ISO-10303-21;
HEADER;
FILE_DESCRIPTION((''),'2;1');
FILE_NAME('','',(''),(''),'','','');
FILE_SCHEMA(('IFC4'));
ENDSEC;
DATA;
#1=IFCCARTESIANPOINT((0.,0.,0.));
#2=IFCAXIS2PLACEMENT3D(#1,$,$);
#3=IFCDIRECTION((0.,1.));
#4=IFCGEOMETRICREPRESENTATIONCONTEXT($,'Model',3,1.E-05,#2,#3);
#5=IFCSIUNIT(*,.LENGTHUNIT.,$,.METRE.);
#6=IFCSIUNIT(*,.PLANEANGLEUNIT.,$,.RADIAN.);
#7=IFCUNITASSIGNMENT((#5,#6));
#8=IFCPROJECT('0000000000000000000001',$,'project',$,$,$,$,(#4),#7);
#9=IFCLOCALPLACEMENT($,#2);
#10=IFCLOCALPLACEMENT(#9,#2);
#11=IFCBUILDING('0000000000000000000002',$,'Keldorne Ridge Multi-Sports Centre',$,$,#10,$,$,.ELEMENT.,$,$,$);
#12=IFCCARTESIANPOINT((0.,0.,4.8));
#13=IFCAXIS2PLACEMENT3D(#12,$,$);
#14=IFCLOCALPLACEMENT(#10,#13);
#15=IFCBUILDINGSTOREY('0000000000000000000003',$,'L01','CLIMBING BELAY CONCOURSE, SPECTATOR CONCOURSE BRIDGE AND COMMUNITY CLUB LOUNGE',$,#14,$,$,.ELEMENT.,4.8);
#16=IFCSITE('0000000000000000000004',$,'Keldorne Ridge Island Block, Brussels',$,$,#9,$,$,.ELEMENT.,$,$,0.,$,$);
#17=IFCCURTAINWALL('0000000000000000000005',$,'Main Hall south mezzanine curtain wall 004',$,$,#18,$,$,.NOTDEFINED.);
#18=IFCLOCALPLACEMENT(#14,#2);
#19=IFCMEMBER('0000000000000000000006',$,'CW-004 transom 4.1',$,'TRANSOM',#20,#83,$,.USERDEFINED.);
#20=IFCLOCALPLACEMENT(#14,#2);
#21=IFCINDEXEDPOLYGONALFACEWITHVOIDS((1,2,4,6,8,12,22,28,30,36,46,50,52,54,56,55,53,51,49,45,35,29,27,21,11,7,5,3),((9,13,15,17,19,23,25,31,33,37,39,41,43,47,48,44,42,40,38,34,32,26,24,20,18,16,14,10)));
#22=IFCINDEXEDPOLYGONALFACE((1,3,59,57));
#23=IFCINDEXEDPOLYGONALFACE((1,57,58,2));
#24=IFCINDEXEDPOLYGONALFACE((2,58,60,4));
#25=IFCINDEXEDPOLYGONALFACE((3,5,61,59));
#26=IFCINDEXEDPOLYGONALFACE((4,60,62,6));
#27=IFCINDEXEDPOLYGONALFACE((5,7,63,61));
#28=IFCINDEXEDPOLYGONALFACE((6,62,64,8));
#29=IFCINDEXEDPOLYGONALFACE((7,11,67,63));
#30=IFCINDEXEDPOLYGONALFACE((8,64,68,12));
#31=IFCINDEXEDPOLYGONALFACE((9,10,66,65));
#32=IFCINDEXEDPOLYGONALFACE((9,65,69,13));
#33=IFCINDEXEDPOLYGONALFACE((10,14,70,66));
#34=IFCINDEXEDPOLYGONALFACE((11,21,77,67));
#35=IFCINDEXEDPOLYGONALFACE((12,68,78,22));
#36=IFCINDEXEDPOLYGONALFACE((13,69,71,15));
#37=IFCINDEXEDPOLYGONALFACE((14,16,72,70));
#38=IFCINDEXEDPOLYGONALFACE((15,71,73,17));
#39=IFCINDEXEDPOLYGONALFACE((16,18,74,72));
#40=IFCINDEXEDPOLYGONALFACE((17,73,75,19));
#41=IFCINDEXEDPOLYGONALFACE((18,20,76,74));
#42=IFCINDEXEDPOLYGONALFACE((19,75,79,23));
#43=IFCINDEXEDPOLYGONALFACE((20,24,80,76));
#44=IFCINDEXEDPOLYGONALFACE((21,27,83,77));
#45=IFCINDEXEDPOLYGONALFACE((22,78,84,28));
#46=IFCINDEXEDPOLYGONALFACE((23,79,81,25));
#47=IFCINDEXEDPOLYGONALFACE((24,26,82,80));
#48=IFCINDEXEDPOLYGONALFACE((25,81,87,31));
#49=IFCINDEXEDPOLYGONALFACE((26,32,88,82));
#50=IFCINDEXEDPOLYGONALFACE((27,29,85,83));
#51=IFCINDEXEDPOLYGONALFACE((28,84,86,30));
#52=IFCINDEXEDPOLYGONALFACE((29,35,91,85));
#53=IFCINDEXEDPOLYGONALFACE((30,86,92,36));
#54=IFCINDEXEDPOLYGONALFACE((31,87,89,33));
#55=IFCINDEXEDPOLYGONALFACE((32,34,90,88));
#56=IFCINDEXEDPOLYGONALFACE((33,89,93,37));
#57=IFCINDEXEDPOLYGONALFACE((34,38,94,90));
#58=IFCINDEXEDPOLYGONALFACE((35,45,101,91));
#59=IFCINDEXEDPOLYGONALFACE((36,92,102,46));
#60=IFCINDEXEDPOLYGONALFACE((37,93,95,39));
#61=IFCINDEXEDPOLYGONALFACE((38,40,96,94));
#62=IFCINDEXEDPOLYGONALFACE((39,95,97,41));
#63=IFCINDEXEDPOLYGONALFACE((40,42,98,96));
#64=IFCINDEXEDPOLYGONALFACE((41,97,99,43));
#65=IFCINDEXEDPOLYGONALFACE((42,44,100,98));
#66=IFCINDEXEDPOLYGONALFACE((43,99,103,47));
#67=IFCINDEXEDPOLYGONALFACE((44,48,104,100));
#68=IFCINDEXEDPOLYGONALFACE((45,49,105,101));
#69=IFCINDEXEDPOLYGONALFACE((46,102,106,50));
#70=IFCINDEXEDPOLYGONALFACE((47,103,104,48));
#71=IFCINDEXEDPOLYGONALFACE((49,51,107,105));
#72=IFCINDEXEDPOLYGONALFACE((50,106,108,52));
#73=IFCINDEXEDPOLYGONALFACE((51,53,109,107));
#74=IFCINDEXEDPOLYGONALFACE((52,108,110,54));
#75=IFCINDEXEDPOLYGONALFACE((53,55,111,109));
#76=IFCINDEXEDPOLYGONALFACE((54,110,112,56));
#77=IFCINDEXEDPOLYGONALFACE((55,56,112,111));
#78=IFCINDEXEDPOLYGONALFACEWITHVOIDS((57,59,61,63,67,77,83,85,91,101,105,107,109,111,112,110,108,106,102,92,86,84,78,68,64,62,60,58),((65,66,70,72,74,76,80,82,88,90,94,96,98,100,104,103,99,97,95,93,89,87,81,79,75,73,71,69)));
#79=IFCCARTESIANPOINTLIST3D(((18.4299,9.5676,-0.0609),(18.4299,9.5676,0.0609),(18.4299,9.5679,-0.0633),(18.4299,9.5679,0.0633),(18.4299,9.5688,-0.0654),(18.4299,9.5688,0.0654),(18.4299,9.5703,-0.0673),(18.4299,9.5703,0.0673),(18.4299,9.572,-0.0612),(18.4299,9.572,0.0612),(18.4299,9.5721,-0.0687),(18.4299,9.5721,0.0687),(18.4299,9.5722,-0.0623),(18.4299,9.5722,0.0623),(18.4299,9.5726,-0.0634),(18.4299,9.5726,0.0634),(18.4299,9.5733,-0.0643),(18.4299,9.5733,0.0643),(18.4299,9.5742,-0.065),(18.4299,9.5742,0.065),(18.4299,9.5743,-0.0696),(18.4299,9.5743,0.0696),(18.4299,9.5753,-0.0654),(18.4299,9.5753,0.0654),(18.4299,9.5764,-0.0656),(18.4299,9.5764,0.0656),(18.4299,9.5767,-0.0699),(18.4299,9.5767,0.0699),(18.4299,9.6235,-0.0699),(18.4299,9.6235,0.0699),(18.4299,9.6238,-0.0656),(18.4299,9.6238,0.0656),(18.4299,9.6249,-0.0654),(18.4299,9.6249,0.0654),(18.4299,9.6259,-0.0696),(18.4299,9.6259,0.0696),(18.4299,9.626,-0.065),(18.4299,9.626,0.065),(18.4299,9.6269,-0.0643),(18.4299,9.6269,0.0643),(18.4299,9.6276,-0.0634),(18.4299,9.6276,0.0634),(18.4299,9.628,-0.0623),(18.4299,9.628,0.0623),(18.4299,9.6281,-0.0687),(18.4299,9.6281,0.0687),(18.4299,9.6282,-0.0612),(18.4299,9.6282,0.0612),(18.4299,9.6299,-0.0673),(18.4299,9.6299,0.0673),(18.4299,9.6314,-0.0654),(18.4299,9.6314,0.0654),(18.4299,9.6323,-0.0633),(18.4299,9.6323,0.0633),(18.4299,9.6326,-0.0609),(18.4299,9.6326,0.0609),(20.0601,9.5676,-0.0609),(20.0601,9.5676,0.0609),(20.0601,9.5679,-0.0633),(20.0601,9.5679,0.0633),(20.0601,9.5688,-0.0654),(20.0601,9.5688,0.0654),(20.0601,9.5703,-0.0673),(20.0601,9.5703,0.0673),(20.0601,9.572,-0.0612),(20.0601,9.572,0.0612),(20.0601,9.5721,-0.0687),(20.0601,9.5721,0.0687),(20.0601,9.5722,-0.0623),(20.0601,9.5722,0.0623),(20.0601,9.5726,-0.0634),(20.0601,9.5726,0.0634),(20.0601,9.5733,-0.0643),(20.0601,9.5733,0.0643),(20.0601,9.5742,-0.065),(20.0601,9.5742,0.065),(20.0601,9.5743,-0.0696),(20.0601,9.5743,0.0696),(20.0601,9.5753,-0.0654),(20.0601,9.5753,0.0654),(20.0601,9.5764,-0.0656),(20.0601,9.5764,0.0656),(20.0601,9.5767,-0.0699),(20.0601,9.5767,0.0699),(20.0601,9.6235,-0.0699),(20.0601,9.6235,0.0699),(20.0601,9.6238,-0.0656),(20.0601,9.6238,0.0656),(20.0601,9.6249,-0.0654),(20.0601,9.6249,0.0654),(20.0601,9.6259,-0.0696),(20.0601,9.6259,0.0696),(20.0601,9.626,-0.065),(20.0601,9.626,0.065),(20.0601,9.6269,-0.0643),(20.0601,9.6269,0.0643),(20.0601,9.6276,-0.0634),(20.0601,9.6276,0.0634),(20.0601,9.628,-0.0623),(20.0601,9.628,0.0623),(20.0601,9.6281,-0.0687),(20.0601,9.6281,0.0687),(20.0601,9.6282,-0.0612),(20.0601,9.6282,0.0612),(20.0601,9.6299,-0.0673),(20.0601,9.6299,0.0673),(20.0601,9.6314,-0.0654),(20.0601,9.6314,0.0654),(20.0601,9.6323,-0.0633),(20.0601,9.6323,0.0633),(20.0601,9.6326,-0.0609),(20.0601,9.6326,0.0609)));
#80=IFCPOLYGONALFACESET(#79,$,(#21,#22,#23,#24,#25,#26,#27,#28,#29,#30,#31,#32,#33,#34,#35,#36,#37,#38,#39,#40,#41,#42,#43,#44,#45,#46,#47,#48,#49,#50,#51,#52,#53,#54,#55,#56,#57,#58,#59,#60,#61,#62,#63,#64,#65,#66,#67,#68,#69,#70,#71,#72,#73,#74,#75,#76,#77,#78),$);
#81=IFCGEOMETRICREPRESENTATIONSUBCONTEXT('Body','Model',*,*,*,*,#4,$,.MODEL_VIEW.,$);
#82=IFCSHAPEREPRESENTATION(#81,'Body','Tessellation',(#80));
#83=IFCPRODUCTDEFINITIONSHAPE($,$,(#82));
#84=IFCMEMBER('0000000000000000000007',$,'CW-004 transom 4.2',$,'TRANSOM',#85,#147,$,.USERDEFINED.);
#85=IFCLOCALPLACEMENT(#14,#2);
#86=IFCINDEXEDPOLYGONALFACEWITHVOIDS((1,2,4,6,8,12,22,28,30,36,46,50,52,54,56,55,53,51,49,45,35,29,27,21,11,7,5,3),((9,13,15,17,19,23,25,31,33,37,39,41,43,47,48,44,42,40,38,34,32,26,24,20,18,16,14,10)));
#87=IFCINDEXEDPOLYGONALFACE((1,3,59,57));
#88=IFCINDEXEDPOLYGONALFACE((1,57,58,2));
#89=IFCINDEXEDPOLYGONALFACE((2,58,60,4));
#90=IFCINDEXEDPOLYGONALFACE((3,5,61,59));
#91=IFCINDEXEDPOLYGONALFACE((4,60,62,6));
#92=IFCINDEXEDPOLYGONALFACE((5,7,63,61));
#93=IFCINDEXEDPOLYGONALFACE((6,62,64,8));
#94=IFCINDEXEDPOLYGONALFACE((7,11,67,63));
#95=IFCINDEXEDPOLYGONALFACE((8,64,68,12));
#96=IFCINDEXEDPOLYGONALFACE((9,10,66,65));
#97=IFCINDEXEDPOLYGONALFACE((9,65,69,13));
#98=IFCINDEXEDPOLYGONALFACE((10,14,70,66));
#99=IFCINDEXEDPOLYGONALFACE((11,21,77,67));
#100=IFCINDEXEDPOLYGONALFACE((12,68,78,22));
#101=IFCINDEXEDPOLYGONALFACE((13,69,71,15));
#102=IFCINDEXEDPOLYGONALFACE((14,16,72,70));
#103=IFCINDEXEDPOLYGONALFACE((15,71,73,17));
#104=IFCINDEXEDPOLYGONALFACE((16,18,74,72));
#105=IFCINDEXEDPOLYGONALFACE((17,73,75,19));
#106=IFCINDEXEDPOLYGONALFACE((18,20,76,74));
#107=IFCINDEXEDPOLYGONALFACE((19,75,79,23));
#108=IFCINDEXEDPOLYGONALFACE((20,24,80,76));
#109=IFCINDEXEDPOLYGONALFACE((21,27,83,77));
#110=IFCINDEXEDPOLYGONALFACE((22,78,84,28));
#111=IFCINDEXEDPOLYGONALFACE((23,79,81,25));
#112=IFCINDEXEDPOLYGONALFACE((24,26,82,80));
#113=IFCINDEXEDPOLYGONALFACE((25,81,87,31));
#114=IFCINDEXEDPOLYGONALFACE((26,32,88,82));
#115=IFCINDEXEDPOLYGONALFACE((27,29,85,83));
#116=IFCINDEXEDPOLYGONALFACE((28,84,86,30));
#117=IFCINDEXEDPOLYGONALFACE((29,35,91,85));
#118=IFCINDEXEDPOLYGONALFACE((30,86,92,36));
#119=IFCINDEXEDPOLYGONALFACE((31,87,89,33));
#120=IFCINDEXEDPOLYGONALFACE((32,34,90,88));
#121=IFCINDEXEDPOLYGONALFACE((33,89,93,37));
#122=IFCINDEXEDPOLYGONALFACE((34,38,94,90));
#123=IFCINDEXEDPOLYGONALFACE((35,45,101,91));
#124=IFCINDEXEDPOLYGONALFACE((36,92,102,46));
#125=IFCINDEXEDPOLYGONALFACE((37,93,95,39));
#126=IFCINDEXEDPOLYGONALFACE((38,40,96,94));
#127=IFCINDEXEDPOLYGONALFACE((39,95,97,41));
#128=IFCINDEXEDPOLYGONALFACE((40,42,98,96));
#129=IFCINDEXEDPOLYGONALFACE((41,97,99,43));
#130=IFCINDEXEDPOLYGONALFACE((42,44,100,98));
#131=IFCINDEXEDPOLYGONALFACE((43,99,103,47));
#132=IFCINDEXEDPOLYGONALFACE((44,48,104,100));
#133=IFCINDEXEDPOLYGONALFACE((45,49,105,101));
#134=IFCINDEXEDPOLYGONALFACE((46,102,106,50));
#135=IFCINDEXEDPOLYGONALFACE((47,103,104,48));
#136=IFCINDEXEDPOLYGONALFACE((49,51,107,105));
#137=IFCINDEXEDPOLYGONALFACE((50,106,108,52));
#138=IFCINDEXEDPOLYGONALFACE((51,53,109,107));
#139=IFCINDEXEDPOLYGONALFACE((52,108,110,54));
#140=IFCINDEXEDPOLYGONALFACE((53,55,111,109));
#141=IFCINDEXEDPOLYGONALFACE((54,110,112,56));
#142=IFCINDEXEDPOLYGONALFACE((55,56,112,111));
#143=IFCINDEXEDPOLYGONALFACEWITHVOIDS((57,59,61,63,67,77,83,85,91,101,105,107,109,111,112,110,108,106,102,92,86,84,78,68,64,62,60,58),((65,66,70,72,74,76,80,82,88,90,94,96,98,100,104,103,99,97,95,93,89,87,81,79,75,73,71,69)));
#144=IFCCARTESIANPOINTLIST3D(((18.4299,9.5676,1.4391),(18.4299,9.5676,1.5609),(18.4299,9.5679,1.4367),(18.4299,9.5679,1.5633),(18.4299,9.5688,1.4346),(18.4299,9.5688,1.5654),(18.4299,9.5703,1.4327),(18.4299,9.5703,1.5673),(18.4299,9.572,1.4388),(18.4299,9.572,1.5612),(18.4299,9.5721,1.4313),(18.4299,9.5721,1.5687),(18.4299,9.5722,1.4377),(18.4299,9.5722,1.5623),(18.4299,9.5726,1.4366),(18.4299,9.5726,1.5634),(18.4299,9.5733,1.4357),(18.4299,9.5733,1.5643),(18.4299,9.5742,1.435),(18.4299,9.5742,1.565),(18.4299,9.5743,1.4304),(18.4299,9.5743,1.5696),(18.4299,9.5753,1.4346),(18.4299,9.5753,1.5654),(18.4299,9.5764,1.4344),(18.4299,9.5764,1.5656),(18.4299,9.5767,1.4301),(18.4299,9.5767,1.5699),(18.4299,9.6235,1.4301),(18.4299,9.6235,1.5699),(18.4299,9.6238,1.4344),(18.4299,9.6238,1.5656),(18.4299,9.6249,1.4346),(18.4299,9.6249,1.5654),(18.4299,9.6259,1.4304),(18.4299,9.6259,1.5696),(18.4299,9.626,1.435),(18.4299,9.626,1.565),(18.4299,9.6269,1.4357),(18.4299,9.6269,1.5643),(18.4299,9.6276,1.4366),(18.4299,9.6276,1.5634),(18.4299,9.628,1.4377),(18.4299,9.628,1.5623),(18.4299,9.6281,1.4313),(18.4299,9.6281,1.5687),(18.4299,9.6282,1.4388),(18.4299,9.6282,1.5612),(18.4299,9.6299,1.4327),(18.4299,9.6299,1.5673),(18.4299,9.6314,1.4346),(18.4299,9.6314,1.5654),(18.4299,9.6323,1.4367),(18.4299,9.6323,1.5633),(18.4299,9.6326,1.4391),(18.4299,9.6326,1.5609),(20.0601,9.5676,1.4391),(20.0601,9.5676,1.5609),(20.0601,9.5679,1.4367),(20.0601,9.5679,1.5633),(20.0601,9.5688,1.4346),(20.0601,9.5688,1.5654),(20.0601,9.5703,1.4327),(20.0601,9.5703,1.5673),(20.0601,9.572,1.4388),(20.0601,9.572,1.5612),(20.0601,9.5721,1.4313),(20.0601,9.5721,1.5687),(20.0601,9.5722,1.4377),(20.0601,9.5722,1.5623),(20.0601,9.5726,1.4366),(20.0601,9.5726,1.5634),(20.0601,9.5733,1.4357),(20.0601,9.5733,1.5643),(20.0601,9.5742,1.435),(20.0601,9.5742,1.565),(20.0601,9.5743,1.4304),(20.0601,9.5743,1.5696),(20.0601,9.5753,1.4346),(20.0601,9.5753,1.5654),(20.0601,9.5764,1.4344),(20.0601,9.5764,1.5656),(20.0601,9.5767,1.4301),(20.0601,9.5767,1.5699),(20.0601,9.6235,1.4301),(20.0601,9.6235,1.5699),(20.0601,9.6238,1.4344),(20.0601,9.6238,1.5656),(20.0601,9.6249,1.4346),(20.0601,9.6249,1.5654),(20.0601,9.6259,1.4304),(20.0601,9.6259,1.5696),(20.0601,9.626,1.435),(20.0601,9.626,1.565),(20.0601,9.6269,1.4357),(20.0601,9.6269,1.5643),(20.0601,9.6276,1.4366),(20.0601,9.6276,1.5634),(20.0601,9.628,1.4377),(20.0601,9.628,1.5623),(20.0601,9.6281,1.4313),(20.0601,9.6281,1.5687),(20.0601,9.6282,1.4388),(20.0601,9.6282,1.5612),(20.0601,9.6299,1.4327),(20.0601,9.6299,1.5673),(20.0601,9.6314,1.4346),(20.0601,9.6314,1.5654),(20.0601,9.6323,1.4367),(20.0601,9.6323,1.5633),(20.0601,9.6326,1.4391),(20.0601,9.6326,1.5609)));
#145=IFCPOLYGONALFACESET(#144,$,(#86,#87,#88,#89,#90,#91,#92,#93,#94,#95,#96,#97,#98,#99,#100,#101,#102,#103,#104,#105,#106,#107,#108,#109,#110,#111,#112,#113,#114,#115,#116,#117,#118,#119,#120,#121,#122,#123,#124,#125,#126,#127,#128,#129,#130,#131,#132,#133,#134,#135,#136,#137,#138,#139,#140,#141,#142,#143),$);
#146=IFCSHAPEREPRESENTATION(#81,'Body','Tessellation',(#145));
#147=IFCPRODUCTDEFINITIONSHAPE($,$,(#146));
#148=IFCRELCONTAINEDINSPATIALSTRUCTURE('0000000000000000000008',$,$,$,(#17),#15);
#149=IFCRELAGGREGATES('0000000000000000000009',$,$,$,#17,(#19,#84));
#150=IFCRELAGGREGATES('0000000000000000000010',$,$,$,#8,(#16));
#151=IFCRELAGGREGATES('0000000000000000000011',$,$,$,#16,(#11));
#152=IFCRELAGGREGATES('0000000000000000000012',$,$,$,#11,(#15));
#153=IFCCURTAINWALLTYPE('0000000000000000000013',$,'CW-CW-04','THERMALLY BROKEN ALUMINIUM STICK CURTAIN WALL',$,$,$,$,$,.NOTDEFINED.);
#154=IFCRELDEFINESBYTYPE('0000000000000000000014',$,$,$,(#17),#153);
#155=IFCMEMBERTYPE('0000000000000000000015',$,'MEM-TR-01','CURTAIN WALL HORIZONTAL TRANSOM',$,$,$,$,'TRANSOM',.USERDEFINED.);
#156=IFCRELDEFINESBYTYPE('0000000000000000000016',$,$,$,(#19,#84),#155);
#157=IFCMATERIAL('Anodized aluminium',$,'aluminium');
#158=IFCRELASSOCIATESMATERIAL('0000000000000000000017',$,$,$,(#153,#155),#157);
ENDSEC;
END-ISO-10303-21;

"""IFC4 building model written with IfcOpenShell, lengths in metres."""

from ifc_helpers import new_model, si_unit, direction, frame, origin, origin_2d, place, context, subcontext, project, spatial, hollow_rectangle, extrude, material, material_profile, profile_set, type_object, element, aggregate, save


model = new_model("IFC4")

# Units and contexts
model_context = context("Model", 3, precision=1e-05, world=origin(), true_north=direction((0.0, 1.0)))
body_context = subcontext(model_context, "Body", "Model", "MODEL_VIEW")
ifc_project = project(units=[si_unit("LENGTHUNIT", "METRE"), si_unit("PLANEANGLEUNIT", "RADIAN")], contexts=[model_context])

# Site, building, storey
site_placement = place(None, origin())
site = spatial("IfcSite", under=ifc_project, at=site_placement, Name="Keldorne Ridge Island Block, Brussels", CompositionType="ELEMENT", RefElevation=0.0)
building_placement = place(site_placement, origin())
building = spatial("IfcBuilding", under=site, at=building_placement, Name="Keldorne Ridge Multi-Sports Centre", CompositionType="ELEMENT")
storey_placement = place(building_placement, frame((0.0, 0.0, 4.8)))
storey = spatial("IfcBuildingStorey", under=building, at=storey_placement, Name="L01", Description="CLIMBING BELAY CONCOURSE, SPECTATOR CONCOURSE BRIDGE AND COMMUNITY CLUB LOUNGE", CompositionType="ELEMENT", Elevation=4.8)

# Curtain wall
ifc_material_1 = material(Name="Anodized aluminium", Category="aluminium")
curtain_wall_type_1 = type_object("IfcCurtainWallType", Name="CW-CW-04", Description="THERMALLY BROKEN ALUMINIUM STICK CURTAIN WALL", PredefinedType="NOTDEFINED", material=ifc_material_1)
curtain_wall_1_placement = place(storey_placement, origin())
curtain_wall_1 = element("IfcCurtainWall", 1, at=curtain_wall_1_placement, inside=storey, type_object=curtain_wall_type_1, Name="Main Hall south mezzanine curtain wall 004", PredefinedType="NOTDEFINED")

# Members
ifc_material_profile_1 = material_profile(ifc_material_1, hollow_rectangle(XDim=0.0649, YDim=0.1399, WallThickness=0.0044, InnerFilletRadius=0.0044, OuterFilletRadius=0.009, at=origin_2d()), Name="ALU TRANSOM 140x65x4.5")
ifc_profile_set_1 = profile_set([ifc_material_profile_1], Name="Anodized aluminium")
member_type_1 = type_object("IfcMemberType", Name="MEM-TR-01", Description="CURTAIN WALL HORIZONTAL TRANSOM", ElementType="TRANSOM", PredefinedType="USERDEFINED", material=ifc_profile_set_1)
member_1_placement = place(storey_placement, frame((18.4299, 9.6001, 0.0), z_axis=(1.0, 0.0, 0.0), x_axis=(0.0, 1.0, 0.0)))
member_1 = element("IfcMember", 2, at=member_1_placement, type_object=member_type_1, Name="CW-004 transom 4.1", ObjectType="TRANSOM", PredefinedType="USERDEFINED", context=body_context, shape_type="SweptSolid", body=[
    extrude(hollow_rectangle(XDim=0.0649, YDim=0.1399, WallThickness=0.0044, InnerFilletRadius=0.0044, OuterFilletRadius=0.009, at=origin_2d()), origin(), (0.0, 0.0, 1.0), 1.6301),
])
member_2_placement = place(storey_placement, frame((18.4299, 9.6001, 1.5), z_axis=(1.0, 0.0, 0.0), x_axis=(0.0, 1.0, 0.0)))
member_2 = element("IfcMember", 3, at=member_2_placement, type_object=member_type_1, Name="CW-004 transom 4.2", ObjectType="TRANSOM", PredefinedType="USERDEFINED", context=body_context, shape_type="SweptSolid", body=[
    extrude(hollow_rectangle(XDim=0.0649, YDim=0.1399, WallThickness=0.0044, InnerFilletRadius=0.0044, OuterFilletRadius=0.009, at=origin_2d()), origin(), (0.0, 0.0, 1.0), 1.6301),
])

aggregate(curtain_wall_1, [member_1, member_2])

save(model, "model.ifc")
